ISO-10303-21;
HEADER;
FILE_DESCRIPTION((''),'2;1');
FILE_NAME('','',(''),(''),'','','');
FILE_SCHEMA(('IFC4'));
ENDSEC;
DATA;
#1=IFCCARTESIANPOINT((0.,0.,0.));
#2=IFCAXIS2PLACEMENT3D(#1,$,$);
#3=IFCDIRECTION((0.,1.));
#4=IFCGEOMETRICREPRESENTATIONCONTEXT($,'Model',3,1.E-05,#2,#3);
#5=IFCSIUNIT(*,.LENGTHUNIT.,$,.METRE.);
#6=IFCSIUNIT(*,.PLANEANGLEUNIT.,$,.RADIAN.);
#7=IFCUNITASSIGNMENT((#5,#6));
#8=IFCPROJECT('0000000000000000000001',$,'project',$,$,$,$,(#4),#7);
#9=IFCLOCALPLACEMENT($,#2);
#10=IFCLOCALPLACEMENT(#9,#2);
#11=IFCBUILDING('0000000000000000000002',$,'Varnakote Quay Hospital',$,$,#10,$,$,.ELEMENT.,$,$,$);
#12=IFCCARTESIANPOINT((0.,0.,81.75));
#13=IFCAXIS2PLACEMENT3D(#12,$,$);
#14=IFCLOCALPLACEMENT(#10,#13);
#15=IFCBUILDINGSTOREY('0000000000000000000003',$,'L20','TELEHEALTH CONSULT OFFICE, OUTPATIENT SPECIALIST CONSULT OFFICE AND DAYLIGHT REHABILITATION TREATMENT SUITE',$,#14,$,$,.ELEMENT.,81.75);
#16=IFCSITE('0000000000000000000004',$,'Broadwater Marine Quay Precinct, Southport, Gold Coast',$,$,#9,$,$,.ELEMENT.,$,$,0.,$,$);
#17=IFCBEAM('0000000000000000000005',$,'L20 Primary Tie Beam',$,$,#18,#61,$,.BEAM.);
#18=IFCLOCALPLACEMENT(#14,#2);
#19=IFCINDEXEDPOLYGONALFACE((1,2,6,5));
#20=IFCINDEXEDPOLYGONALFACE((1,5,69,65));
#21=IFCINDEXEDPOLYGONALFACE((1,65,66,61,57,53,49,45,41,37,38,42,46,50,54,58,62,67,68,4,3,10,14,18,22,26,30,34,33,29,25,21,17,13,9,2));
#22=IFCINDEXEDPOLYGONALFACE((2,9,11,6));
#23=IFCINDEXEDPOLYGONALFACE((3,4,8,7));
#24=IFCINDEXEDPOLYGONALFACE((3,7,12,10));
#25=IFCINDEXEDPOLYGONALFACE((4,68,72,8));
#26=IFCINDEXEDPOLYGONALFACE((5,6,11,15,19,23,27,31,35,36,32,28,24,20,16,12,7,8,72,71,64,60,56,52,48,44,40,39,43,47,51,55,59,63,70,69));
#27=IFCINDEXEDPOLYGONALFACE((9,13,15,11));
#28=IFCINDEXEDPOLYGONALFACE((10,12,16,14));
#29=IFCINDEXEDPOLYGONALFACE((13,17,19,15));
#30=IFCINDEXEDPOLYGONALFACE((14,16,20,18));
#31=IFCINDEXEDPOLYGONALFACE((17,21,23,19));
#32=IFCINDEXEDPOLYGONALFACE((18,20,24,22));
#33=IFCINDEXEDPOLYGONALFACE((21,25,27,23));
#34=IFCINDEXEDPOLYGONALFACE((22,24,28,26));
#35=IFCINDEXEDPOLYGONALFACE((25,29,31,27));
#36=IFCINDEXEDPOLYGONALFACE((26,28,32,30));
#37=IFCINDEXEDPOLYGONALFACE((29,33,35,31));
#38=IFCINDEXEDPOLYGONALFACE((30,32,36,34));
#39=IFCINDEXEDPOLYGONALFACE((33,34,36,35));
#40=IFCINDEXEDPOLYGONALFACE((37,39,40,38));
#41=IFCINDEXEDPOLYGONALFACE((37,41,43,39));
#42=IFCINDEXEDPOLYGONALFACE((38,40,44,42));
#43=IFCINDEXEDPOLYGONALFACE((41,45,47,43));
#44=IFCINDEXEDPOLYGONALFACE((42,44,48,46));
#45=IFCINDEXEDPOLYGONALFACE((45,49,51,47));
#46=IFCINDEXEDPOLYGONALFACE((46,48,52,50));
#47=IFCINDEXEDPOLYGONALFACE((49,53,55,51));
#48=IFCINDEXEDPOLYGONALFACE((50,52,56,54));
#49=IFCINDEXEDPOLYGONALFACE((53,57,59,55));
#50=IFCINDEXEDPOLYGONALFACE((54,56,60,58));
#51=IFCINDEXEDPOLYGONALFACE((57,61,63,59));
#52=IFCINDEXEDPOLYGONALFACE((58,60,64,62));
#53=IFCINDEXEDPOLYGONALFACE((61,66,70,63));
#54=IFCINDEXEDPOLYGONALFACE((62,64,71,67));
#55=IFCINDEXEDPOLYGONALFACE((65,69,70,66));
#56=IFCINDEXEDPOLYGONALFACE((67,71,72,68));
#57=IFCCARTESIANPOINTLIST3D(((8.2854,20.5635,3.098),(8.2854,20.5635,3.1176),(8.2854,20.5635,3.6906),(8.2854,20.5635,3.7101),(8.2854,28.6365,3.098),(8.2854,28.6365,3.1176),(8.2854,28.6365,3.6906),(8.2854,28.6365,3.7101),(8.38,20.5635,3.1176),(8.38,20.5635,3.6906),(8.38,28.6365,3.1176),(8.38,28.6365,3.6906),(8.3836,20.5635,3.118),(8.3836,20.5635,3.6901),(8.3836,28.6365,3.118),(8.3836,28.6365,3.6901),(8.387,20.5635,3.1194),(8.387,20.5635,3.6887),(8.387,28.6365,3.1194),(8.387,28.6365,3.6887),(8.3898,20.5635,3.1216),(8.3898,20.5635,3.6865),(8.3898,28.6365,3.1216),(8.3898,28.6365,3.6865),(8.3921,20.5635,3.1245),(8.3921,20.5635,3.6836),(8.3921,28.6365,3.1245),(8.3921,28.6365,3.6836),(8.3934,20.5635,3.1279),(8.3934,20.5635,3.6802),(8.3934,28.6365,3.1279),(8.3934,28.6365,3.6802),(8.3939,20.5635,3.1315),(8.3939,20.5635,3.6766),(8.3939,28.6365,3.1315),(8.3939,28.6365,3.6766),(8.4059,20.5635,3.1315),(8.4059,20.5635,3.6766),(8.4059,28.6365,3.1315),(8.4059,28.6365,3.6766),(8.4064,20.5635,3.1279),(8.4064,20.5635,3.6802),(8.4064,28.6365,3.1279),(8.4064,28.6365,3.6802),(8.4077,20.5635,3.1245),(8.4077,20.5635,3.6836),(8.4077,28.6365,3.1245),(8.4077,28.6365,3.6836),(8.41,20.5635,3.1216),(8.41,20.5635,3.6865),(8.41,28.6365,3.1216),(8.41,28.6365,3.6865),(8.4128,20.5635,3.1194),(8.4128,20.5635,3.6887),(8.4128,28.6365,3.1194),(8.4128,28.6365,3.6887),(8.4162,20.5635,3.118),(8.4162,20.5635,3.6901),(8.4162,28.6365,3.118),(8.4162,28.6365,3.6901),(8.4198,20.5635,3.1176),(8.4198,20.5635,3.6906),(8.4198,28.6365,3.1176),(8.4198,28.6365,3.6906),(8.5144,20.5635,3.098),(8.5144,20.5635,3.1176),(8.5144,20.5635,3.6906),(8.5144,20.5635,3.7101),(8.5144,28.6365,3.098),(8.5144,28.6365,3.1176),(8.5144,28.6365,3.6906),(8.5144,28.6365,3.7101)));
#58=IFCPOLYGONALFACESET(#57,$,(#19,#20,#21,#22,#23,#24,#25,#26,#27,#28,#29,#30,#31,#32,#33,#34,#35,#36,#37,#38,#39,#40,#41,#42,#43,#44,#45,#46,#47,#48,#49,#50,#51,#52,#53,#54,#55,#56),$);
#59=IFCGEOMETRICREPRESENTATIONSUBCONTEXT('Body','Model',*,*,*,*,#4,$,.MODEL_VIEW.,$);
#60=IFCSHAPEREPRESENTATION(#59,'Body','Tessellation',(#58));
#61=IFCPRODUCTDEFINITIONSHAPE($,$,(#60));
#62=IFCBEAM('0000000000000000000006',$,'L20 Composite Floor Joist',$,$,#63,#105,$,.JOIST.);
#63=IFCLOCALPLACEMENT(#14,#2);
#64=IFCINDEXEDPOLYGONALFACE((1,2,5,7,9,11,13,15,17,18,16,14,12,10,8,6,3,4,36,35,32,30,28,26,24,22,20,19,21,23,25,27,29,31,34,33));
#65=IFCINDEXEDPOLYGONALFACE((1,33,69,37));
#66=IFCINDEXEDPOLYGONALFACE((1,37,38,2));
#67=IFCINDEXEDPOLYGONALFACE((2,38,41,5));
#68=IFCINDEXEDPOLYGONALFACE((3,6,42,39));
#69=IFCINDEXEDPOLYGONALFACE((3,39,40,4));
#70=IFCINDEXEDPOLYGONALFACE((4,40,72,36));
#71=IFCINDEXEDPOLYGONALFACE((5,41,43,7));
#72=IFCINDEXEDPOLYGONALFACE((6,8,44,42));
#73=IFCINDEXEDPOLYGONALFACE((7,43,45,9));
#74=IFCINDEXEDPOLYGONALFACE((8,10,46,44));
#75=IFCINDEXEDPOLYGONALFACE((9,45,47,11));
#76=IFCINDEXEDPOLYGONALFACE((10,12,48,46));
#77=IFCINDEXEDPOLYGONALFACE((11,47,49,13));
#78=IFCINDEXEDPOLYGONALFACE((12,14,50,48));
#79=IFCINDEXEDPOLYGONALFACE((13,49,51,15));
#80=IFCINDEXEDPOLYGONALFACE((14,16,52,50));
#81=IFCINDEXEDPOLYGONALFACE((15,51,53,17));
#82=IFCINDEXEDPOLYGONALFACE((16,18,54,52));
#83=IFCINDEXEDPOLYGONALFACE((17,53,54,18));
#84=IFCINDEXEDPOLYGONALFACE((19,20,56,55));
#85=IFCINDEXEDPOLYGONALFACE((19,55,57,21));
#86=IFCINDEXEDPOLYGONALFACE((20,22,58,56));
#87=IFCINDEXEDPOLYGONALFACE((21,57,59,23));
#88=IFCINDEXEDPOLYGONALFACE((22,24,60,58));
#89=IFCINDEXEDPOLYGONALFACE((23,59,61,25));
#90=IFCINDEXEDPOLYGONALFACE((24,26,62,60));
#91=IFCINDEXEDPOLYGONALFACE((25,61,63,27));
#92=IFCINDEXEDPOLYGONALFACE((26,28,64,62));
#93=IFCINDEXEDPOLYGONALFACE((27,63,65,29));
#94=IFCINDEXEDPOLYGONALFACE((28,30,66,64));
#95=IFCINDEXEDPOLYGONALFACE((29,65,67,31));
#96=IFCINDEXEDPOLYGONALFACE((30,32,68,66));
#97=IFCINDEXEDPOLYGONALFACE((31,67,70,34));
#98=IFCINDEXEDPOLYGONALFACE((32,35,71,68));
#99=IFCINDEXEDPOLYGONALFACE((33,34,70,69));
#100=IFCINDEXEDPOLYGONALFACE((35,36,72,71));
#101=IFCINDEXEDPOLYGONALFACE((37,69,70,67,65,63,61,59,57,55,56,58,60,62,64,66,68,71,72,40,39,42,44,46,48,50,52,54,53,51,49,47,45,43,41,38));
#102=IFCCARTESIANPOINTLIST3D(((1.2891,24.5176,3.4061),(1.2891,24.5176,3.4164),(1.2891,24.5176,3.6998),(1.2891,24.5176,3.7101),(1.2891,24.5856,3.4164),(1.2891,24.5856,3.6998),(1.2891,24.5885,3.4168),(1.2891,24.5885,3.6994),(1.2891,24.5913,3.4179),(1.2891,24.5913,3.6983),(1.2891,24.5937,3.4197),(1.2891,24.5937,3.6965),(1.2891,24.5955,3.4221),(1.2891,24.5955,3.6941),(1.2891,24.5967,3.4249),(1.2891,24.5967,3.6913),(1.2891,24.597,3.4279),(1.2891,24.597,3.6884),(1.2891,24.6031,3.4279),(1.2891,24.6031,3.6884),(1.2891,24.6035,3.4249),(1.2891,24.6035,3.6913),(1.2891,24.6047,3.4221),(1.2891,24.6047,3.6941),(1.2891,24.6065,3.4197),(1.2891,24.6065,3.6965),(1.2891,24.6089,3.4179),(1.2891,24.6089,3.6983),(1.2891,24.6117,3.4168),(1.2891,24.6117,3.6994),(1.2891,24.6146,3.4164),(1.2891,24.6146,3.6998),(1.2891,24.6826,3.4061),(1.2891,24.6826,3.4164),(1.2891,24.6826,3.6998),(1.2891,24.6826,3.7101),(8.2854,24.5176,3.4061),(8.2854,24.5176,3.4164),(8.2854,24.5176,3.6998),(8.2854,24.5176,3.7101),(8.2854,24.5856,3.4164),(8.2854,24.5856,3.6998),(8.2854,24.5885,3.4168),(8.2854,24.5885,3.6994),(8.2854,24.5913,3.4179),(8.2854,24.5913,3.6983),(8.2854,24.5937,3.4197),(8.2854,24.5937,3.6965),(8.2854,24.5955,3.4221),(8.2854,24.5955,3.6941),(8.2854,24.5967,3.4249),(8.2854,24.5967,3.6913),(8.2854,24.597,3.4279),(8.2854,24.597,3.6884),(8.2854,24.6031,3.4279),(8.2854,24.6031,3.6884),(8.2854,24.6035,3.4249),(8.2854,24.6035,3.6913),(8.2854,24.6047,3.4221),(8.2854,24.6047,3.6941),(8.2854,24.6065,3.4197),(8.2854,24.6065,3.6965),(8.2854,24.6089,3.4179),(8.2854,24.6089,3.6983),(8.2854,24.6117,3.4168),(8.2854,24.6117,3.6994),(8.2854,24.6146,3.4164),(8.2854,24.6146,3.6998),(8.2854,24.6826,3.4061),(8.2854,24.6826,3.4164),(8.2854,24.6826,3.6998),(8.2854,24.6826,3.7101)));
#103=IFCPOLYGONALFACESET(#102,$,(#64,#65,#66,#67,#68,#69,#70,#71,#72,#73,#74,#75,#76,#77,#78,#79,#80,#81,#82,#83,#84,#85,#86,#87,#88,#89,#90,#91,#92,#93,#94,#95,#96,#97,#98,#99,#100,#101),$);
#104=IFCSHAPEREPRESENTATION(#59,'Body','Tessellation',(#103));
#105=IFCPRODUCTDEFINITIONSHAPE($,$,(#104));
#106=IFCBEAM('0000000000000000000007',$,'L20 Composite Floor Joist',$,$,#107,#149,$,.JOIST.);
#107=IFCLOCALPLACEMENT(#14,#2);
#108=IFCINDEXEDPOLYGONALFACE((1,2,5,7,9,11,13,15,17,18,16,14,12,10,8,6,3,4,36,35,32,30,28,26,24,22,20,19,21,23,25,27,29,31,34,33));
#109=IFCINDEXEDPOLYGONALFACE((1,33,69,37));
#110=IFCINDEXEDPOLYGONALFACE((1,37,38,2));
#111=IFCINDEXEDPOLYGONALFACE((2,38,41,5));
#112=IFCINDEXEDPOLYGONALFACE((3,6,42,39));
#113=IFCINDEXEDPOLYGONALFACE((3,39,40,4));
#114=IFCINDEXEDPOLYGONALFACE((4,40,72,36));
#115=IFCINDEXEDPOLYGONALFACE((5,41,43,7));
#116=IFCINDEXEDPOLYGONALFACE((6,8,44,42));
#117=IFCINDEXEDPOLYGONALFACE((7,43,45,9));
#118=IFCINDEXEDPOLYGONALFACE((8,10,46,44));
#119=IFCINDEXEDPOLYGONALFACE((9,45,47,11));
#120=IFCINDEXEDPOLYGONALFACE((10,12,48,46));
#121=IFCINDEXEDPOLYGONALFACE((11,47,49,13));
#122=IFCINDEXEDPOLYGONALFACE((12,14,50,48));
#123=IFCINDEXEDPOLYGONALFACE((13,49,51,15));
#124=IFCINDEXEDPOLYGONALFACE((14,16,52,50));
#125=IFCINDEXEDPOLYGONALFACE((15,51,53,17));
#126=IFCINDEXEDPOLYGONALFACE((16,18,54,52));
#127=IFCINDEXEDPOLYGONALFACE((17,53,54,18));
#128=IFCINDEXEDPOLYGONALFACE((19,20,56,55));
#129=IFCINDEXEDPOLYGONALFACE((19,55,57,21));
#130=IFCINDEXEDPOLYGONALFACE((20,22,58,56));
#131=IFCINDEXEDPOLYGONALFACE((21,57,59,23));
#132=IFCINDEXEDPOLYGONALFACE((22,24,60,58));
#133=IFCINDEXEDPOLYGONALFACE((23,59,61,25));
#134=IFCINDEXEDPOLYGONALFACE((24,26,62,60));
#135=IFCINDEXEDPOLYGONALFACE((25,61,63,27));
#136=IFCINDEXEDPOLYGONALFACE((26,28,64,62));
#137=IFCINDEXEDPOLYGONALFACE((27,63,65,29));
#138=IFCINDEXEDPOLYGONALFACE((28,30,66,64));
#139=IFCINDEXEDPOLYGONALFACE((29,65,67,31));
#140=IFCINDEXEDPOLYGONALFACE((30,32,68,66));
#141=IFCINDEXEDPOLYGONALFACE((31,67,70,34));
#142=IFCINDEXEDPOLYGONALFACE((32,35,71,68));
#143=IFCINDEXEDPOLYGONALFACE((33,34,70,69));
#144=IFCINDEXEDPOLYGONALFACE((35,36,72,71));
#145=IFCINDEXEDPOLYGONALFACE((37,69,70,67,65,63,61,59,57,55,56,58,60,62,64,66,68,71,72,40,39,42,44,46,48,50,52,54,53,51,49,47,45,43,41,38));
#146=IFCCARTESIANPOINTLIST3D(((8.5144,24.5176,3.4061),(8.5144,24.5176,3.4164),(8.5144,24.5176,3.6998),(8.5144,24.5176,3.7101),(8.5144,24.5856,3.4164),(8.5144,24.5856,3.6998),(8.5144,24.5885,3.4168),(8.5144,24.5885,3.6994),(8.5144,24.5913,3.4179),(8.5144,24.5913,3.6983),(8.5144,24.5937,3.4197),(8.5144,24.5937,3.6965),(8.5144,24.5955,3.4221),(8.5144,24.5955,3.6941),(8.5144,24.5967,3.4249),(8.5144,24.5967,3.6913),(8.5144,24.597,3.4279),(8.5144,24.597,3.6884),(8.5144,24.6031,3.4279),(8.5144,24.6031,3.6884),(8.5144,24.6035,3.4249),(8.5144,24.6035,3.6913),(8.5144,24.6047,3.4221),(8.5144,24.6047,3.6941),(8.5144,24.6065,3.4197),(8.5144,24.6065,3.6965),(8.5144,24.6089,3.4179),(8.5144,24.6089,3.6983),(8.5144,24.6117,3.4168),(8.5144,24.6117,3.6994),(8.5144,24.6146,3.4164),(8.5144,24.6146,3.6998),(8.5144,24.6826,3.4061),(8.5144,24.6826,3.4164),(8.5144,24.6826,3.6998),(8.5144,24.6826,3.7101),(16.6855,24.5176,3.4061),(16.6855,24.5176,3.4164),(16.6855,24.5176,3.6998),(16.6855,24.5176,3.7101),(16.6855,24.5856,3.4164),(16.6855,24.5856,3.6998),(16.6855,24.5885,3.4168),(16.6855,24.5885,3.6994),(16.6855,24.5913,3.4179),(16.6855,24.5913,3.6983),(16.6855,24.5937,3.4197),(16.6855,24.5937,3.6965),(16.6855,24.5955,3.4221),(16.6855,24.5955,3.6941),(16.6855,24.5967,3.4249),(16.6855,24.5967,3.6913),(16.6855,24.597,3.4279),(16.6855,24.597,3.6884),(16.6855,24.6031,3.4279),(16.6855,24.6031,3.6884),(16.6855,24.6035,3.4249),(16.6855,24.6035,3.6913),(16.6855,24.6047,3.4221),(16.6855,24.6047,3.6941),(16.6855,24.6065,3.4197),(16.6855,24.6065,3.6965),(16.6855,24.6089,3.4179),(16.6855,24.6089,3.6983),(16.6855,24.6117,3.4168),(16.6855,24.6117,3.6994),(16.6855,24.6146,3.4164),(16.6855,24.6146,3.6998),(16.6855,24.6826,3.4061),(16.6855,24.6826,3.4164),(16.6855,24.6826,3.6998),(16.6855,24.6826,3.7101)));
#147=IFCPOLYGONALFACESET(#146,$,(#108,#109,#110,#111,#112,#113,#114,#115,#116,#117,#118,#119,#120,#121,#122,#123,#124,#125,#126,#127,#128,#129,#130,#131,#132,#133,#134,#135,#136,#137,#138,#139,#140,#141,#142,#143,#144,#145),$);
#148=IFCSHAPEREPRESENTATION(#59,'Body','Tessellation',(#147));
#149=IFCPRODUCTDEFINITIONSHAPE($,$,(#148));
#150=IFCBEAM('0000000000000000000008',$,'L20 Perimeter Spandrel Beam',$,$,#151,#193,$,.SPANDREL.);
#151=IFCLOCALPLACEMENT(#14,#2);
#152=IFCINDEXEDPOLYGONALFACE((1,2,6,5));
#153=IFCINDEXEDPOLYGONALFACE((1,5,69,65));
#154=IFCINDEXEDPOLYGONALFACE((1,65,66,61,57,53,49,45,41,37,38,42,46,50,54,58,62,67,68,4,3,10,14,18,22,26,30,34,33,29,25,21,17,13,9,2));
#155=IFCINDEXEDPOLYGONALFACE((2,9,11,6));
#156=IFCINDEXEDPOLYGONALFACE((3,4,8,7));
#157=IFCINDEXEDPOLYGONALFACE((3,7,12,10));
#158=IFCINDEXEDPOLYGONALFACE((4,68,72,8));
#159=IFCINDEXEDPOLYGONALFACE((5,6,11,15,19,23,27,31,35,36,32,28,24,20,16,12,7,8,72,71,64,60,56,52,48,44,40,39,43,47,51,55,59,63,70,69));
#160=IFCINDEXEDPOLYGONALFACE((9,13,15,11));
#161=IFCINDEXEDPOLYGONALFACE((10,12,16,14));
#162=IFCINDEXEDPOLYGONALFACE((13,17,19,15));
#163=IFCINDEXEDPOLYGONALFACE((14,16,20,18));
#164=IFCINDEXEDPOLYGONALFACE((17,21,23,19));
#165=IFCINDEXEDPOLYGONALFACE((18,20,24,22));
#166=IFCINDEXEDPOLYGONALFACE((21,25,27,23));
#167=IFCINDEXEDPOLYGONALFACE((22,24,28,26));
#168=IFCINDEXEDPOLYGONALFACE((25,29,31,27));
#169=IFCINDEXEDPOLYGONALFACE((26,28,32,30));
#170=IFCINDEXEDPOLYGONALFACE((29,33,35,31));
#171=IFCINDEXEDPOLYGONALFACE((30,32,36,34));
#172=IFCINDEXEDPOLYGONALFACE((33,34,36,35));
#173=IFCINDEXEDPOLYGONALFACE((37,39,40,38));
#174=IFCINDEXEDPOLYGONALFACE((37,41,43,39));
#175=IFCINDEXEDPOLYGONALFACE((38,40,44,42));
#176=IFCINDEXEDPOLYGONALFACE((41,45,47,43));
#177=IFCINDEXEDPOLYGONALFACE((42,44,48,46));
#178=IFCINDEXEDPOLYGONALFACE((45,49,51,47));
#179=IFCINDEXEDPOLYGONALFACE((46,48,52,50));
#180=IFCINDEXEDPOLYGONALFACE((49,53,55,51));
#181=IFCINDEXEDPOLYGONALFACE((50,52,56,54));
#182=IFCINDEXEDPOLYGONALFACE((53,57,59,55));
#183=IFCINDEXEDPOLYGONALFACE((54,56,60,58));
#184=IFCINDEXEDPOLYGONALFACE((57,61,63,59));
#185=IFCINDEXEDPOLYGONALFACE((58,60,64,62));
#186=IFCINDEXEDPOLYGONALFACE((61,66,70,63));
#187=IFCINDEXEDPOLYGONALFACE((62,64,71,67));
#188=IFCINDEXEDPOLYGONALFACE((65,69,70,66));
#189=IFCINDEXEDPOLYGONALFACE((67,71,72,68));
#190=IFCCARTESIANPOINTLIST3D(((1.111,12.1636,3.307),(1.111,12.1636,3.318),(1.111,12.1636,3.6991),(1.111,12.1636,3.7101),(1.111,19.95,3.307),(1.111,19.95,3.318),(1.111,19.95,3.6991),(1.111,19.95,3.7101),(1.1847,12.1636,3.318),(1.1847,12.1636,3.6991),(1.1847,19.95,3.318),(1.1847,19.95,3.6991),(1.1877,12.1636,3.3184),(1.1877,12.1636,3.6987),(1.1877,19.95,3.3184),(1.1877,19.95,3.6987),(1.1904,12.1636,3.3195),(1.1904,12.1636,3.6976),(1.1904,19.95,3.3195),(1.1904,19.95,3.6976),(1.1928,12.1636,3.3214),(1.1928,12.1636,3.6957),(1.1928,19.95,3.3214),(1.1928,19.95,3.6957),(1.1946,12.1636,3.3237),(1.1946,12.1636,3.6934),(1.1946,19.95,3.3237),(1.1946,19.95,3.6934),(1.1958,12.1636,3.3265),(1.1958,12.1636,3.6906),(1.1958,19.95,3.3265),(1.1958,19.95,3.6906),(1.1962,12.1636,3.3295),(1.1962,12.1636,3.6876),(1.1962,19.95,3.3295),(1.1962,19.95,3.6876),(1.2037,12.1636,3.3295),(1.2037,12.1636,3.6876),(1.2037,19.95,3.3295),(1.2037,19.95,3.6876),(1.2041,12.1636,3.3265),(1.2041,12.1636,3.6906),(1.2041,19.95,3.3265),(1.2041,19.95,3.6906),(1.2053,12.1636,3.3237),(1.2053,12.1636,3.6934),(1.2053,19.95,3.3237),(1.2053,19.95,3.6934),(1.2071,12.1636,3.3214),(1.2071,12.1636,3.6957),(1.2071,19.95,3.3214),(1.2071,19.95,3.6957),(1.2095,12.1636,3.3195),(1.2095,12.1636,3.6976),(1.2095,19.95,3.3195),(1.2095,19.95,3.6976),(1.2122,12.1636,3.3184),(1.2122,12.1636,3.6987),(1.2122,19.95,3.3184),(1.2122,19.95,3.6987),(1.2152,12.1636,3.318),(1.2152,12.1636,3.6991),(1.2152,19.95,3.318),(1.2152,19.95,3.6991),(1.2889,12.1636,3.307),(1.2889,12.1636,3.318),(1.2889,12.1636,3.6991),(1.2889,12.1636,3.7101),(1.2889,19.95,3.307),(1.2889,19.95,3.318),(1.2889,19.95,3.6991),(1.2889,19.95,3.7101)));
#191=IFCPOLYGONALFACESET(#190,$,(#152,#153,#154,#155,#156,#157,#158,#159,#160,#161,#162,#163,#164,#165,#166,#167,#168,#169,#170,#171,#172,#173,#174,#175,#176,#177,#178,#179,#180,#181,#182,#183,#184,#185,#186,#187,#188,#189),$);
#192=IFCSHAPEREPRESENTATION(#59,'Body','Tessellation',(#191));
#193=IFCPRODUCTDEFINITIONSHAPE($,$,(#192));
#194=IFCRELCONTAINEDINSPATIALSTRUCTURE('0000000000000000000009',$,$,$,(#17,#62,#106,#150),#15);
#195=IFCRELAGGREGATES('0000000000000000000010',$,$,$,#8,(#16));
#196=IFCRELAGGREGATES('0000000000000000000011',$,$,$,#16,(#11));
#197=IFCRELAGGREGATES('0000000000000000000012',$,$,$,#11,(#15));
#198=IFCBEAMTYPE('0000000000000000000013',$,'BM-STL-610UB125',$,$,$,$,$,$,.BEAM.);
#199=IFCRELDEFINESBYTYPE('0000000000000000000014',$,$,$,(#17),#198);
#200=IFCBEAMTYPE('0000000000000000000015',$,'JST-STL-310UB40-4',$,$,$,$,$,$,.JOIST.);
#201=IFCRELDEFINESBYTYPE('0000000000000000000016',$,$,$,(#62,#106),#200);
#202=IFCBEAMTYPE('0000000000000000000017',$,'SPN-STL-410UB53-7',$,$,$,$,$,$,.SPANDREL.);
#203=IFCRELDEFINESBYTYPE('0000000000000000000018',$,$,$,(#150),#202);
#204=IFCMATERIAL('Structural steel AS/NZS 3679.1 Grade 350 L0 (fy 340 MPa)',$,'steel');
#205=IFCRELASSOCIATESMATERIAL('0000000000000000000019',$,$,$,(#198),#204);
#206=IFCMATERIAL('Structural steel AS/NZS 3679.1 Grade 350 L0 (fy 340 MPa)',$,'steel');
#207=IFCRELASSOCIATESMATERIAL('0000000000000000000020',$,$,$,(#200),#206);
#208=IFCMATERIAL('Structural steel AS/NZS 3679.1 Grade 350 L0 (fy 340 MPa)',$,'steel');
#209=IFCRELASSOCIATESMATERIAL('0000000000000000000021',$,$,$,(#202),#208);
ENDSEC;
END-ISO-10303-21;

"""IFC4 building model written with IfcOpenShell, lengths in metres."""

from ifc_helpers import new_model, si_unit, direction, frame, origin, origin_2d, place, context, subcontext, project, spatial, i_section, extrude, material, material_profile, profile_set, type_object, element, save


model = new_model("IFC4")

# Units and contexts
model_context = context("Model", 3, precision=1e-05, world=origin(), true_north=direction((0.0, 1.0)))
body_context = subcontext(model_context, "Body", "Model", "MODEL_VIEW")
ifc_project = project(units=[si_unit("LENGTHUNIT", "METRE"), si_unit("PLANEANGLEUNIT", "RADIAN")], contexts=[model_context])

# Site, building, storey
site_placement = place(None, origin())
site = spatial("IfcSite", under=ifc_project, at=site_placement, Name="Broadwater Marine Quay Precinct, Southport, Gold Coast", CompositionType="ELEMENT", RefElevation=0.0)
building_placement = place(site_placement, origin())
building = spatial("IfcBuilding", under=site, at=building_placement, Name="Varnakote Quay Hospital", CompositionType="ELEMENT")
storey_placement = place(building_placement, frame((0.0, 0.0, 81.75)))
storey = spatial("IfcBuildingStorey", under=building, at=storey_placement, Name="L20", Description="TELEHEALTH CONSULT OFFICE, OUTPATIENT SPECIALIST CONSULT OFFICE AND DAYLIGHT REHABILITATION TREATMENT SUITE", CompositionType="ELEMENT", Elevation=81.75)

# Beams
ifc_material_1 = material(Name="Structural steel AS/NZS 3679.1 Grade 350 L0 (fy 340 MPa)", Category="steel")
ifc_material_profile_1 = material_profile(ifc_material_1, i_section(OverallWidth=0.229, OverallDepth=0.6121, WebThickness=0.012, FlangeThickness=0.0195, FilletRadius=0.0139, at=origin_2d()), Name="610UB125")
ifc_profile_set_1 = profile_set([ifc_material_profile_1], Name="Structural steel AS/NZS 3679.1 Grade 350 L0 (fy 340 MPa)")
beam_type_1 = type_object("IfcBeamType", Name="BM-STL-610UB125", PredefinedType="BEAM", material=ifc_profile_set_1)
beam_1_placement = place(storey_placement, frame((8.3999, 20.5635, 3.4041), z_axis=(0.0, 1.0, 0.0), x_axis=(-1.0, 0.0, 0.0)))
element("IfcBeam", 1, at=beam_1_placement, inside=storey, type_object=beam_type_1, Name="L20 Primary Tie Beam", PredefinedType="BEAM", context=body_context, shape_type="SweptSolid", body=[
    extrude(i_section(OverallWidth=0.229, OverallDepth=0.6121, WebThickness=0.012, FlangeThickness=0.0195, FilletRadius=0.0139, at=origin_2d()), origin(), (0.0, 0.0, 1.0), 8.073),
])
ifc_material_2 = material(Name="Structural steel AS/NZS 3679.1 Grade 350 L0 (fy 340 MPa)", Category="steel")
ifc_material_profile_2 = material_profile(ifc_material_2, i_section(OverallWidth=0.165, OverallDepth=0.304, WebThickness=0.0061, FlangeThickness=0.0103, FilletRadius=0.0115, at=origin_2d()), Name="310UB40.4")
ifc_profile_set_2 = profile_set([ifc_material_profile_2], Name="Structural steel AS/NZS 3679.1 Grade 350 L0 (fy 340 MPa)")
beam_type_2 = type_object("IfcBeamType", Name="JST-STL-310UB40-4", PredefinedType="JOIST", material=ifc_profile_set_2)
beam_2_placement = place(storey_placement, frame((1.2891, 24.6001, 3.5581), z_axis=(1.0, 0.0, 0.0), x_axis=(0.0, 1.0, 0.0)))
element("IfcBeam", 2, at=beam_2_placement, inside=storey, type_object=beam_type_2, Name="L20 Composite Floor Joist", PredefinedType="JOIST", context=body_context, shape_type="SweptSolid", body=[
    extrude(i_section(OverallWidth=0.165, OverallDepth=0.304, WebThickness=0.0061, FlangeThickness=0.0103, FilletRadius=0.0115, at=origin_2d()), origin(), (0.0, 0.0, 1.0), 6.9963),
])
beam_3_placement = place(storey_placement, frame((8.5144, 24.6001, 3.5581), z_axis=(1.0, 0.0, 0.0), x_axis=(0.0, 1.0, 0.0)))
element("IfcBeam", 3, at=beam_3_placement, inside=storey, type_object=beam_type_2, Name="L20 Composite Floor Joist", PredefinedType="JOIST", context=body_context, shape_type="SweptSolid", body=[
    extrude(i_section(OverallWidth=0.165, OverallDepth=0.304, WebThickness=0.0061, FlangeThickness=0.0103, FilletRadius=0.0115, at=origin_2d()), origin(), (0.0, 0.0, 1.0), 8.1711),
])
ifc_material_3 = material(Name="Structural steel AS/NZS 3679.1 Grade 350 L0 (fy 340 MPa)", Category="steel")
ifc_material_profile_3 = material_profile(ifc_material_3, i_section(OverallWidth=0.178, OverallDepth=0.4031, WebThickness=0.0076, FlangeThickness=0.011, FilletRadius=0.0115, at=origin_2d()), Name="410UB53.7")
ifc_profile_set_3 = profile_set([ifc_material_profile_3], Name="Structural steel AS/NZS 3679.1 Grade 350 L0 (fy 340 MPa)")
beam_type_3 = type_object("IfcBeamType", Name="SPN-STL-410UB53-7", PredefinedType="SPANDREL", material=ifc_profile_set_3)
beam_4_placement = place(storey_placement, frame((1.2, 12.1636, 3.5085), z_axis=(0.0, 1.0, 0.0), x_axis=(-1.0, 0.0, 0.0)))
element("IfcBeam", 4, at=beam_4_placement, inside=storey, type_object=beam_type_3, Name="L20 Perimeter Spandrel Beam", PredefinedType="SPANDREL", context=body_context, shape_type="SweptSolid", body=[
    extrude(i_section(OverallWidth=0.178, OverallDepth=0.4031, WebThickness=0.0076, FlangeThickness=0.011, FilletRadius=0.0115, at=origin_2d()), origin(), (0.0, 0.0, 1.0), 7.7864),
])

save(model, "model.ifc")
